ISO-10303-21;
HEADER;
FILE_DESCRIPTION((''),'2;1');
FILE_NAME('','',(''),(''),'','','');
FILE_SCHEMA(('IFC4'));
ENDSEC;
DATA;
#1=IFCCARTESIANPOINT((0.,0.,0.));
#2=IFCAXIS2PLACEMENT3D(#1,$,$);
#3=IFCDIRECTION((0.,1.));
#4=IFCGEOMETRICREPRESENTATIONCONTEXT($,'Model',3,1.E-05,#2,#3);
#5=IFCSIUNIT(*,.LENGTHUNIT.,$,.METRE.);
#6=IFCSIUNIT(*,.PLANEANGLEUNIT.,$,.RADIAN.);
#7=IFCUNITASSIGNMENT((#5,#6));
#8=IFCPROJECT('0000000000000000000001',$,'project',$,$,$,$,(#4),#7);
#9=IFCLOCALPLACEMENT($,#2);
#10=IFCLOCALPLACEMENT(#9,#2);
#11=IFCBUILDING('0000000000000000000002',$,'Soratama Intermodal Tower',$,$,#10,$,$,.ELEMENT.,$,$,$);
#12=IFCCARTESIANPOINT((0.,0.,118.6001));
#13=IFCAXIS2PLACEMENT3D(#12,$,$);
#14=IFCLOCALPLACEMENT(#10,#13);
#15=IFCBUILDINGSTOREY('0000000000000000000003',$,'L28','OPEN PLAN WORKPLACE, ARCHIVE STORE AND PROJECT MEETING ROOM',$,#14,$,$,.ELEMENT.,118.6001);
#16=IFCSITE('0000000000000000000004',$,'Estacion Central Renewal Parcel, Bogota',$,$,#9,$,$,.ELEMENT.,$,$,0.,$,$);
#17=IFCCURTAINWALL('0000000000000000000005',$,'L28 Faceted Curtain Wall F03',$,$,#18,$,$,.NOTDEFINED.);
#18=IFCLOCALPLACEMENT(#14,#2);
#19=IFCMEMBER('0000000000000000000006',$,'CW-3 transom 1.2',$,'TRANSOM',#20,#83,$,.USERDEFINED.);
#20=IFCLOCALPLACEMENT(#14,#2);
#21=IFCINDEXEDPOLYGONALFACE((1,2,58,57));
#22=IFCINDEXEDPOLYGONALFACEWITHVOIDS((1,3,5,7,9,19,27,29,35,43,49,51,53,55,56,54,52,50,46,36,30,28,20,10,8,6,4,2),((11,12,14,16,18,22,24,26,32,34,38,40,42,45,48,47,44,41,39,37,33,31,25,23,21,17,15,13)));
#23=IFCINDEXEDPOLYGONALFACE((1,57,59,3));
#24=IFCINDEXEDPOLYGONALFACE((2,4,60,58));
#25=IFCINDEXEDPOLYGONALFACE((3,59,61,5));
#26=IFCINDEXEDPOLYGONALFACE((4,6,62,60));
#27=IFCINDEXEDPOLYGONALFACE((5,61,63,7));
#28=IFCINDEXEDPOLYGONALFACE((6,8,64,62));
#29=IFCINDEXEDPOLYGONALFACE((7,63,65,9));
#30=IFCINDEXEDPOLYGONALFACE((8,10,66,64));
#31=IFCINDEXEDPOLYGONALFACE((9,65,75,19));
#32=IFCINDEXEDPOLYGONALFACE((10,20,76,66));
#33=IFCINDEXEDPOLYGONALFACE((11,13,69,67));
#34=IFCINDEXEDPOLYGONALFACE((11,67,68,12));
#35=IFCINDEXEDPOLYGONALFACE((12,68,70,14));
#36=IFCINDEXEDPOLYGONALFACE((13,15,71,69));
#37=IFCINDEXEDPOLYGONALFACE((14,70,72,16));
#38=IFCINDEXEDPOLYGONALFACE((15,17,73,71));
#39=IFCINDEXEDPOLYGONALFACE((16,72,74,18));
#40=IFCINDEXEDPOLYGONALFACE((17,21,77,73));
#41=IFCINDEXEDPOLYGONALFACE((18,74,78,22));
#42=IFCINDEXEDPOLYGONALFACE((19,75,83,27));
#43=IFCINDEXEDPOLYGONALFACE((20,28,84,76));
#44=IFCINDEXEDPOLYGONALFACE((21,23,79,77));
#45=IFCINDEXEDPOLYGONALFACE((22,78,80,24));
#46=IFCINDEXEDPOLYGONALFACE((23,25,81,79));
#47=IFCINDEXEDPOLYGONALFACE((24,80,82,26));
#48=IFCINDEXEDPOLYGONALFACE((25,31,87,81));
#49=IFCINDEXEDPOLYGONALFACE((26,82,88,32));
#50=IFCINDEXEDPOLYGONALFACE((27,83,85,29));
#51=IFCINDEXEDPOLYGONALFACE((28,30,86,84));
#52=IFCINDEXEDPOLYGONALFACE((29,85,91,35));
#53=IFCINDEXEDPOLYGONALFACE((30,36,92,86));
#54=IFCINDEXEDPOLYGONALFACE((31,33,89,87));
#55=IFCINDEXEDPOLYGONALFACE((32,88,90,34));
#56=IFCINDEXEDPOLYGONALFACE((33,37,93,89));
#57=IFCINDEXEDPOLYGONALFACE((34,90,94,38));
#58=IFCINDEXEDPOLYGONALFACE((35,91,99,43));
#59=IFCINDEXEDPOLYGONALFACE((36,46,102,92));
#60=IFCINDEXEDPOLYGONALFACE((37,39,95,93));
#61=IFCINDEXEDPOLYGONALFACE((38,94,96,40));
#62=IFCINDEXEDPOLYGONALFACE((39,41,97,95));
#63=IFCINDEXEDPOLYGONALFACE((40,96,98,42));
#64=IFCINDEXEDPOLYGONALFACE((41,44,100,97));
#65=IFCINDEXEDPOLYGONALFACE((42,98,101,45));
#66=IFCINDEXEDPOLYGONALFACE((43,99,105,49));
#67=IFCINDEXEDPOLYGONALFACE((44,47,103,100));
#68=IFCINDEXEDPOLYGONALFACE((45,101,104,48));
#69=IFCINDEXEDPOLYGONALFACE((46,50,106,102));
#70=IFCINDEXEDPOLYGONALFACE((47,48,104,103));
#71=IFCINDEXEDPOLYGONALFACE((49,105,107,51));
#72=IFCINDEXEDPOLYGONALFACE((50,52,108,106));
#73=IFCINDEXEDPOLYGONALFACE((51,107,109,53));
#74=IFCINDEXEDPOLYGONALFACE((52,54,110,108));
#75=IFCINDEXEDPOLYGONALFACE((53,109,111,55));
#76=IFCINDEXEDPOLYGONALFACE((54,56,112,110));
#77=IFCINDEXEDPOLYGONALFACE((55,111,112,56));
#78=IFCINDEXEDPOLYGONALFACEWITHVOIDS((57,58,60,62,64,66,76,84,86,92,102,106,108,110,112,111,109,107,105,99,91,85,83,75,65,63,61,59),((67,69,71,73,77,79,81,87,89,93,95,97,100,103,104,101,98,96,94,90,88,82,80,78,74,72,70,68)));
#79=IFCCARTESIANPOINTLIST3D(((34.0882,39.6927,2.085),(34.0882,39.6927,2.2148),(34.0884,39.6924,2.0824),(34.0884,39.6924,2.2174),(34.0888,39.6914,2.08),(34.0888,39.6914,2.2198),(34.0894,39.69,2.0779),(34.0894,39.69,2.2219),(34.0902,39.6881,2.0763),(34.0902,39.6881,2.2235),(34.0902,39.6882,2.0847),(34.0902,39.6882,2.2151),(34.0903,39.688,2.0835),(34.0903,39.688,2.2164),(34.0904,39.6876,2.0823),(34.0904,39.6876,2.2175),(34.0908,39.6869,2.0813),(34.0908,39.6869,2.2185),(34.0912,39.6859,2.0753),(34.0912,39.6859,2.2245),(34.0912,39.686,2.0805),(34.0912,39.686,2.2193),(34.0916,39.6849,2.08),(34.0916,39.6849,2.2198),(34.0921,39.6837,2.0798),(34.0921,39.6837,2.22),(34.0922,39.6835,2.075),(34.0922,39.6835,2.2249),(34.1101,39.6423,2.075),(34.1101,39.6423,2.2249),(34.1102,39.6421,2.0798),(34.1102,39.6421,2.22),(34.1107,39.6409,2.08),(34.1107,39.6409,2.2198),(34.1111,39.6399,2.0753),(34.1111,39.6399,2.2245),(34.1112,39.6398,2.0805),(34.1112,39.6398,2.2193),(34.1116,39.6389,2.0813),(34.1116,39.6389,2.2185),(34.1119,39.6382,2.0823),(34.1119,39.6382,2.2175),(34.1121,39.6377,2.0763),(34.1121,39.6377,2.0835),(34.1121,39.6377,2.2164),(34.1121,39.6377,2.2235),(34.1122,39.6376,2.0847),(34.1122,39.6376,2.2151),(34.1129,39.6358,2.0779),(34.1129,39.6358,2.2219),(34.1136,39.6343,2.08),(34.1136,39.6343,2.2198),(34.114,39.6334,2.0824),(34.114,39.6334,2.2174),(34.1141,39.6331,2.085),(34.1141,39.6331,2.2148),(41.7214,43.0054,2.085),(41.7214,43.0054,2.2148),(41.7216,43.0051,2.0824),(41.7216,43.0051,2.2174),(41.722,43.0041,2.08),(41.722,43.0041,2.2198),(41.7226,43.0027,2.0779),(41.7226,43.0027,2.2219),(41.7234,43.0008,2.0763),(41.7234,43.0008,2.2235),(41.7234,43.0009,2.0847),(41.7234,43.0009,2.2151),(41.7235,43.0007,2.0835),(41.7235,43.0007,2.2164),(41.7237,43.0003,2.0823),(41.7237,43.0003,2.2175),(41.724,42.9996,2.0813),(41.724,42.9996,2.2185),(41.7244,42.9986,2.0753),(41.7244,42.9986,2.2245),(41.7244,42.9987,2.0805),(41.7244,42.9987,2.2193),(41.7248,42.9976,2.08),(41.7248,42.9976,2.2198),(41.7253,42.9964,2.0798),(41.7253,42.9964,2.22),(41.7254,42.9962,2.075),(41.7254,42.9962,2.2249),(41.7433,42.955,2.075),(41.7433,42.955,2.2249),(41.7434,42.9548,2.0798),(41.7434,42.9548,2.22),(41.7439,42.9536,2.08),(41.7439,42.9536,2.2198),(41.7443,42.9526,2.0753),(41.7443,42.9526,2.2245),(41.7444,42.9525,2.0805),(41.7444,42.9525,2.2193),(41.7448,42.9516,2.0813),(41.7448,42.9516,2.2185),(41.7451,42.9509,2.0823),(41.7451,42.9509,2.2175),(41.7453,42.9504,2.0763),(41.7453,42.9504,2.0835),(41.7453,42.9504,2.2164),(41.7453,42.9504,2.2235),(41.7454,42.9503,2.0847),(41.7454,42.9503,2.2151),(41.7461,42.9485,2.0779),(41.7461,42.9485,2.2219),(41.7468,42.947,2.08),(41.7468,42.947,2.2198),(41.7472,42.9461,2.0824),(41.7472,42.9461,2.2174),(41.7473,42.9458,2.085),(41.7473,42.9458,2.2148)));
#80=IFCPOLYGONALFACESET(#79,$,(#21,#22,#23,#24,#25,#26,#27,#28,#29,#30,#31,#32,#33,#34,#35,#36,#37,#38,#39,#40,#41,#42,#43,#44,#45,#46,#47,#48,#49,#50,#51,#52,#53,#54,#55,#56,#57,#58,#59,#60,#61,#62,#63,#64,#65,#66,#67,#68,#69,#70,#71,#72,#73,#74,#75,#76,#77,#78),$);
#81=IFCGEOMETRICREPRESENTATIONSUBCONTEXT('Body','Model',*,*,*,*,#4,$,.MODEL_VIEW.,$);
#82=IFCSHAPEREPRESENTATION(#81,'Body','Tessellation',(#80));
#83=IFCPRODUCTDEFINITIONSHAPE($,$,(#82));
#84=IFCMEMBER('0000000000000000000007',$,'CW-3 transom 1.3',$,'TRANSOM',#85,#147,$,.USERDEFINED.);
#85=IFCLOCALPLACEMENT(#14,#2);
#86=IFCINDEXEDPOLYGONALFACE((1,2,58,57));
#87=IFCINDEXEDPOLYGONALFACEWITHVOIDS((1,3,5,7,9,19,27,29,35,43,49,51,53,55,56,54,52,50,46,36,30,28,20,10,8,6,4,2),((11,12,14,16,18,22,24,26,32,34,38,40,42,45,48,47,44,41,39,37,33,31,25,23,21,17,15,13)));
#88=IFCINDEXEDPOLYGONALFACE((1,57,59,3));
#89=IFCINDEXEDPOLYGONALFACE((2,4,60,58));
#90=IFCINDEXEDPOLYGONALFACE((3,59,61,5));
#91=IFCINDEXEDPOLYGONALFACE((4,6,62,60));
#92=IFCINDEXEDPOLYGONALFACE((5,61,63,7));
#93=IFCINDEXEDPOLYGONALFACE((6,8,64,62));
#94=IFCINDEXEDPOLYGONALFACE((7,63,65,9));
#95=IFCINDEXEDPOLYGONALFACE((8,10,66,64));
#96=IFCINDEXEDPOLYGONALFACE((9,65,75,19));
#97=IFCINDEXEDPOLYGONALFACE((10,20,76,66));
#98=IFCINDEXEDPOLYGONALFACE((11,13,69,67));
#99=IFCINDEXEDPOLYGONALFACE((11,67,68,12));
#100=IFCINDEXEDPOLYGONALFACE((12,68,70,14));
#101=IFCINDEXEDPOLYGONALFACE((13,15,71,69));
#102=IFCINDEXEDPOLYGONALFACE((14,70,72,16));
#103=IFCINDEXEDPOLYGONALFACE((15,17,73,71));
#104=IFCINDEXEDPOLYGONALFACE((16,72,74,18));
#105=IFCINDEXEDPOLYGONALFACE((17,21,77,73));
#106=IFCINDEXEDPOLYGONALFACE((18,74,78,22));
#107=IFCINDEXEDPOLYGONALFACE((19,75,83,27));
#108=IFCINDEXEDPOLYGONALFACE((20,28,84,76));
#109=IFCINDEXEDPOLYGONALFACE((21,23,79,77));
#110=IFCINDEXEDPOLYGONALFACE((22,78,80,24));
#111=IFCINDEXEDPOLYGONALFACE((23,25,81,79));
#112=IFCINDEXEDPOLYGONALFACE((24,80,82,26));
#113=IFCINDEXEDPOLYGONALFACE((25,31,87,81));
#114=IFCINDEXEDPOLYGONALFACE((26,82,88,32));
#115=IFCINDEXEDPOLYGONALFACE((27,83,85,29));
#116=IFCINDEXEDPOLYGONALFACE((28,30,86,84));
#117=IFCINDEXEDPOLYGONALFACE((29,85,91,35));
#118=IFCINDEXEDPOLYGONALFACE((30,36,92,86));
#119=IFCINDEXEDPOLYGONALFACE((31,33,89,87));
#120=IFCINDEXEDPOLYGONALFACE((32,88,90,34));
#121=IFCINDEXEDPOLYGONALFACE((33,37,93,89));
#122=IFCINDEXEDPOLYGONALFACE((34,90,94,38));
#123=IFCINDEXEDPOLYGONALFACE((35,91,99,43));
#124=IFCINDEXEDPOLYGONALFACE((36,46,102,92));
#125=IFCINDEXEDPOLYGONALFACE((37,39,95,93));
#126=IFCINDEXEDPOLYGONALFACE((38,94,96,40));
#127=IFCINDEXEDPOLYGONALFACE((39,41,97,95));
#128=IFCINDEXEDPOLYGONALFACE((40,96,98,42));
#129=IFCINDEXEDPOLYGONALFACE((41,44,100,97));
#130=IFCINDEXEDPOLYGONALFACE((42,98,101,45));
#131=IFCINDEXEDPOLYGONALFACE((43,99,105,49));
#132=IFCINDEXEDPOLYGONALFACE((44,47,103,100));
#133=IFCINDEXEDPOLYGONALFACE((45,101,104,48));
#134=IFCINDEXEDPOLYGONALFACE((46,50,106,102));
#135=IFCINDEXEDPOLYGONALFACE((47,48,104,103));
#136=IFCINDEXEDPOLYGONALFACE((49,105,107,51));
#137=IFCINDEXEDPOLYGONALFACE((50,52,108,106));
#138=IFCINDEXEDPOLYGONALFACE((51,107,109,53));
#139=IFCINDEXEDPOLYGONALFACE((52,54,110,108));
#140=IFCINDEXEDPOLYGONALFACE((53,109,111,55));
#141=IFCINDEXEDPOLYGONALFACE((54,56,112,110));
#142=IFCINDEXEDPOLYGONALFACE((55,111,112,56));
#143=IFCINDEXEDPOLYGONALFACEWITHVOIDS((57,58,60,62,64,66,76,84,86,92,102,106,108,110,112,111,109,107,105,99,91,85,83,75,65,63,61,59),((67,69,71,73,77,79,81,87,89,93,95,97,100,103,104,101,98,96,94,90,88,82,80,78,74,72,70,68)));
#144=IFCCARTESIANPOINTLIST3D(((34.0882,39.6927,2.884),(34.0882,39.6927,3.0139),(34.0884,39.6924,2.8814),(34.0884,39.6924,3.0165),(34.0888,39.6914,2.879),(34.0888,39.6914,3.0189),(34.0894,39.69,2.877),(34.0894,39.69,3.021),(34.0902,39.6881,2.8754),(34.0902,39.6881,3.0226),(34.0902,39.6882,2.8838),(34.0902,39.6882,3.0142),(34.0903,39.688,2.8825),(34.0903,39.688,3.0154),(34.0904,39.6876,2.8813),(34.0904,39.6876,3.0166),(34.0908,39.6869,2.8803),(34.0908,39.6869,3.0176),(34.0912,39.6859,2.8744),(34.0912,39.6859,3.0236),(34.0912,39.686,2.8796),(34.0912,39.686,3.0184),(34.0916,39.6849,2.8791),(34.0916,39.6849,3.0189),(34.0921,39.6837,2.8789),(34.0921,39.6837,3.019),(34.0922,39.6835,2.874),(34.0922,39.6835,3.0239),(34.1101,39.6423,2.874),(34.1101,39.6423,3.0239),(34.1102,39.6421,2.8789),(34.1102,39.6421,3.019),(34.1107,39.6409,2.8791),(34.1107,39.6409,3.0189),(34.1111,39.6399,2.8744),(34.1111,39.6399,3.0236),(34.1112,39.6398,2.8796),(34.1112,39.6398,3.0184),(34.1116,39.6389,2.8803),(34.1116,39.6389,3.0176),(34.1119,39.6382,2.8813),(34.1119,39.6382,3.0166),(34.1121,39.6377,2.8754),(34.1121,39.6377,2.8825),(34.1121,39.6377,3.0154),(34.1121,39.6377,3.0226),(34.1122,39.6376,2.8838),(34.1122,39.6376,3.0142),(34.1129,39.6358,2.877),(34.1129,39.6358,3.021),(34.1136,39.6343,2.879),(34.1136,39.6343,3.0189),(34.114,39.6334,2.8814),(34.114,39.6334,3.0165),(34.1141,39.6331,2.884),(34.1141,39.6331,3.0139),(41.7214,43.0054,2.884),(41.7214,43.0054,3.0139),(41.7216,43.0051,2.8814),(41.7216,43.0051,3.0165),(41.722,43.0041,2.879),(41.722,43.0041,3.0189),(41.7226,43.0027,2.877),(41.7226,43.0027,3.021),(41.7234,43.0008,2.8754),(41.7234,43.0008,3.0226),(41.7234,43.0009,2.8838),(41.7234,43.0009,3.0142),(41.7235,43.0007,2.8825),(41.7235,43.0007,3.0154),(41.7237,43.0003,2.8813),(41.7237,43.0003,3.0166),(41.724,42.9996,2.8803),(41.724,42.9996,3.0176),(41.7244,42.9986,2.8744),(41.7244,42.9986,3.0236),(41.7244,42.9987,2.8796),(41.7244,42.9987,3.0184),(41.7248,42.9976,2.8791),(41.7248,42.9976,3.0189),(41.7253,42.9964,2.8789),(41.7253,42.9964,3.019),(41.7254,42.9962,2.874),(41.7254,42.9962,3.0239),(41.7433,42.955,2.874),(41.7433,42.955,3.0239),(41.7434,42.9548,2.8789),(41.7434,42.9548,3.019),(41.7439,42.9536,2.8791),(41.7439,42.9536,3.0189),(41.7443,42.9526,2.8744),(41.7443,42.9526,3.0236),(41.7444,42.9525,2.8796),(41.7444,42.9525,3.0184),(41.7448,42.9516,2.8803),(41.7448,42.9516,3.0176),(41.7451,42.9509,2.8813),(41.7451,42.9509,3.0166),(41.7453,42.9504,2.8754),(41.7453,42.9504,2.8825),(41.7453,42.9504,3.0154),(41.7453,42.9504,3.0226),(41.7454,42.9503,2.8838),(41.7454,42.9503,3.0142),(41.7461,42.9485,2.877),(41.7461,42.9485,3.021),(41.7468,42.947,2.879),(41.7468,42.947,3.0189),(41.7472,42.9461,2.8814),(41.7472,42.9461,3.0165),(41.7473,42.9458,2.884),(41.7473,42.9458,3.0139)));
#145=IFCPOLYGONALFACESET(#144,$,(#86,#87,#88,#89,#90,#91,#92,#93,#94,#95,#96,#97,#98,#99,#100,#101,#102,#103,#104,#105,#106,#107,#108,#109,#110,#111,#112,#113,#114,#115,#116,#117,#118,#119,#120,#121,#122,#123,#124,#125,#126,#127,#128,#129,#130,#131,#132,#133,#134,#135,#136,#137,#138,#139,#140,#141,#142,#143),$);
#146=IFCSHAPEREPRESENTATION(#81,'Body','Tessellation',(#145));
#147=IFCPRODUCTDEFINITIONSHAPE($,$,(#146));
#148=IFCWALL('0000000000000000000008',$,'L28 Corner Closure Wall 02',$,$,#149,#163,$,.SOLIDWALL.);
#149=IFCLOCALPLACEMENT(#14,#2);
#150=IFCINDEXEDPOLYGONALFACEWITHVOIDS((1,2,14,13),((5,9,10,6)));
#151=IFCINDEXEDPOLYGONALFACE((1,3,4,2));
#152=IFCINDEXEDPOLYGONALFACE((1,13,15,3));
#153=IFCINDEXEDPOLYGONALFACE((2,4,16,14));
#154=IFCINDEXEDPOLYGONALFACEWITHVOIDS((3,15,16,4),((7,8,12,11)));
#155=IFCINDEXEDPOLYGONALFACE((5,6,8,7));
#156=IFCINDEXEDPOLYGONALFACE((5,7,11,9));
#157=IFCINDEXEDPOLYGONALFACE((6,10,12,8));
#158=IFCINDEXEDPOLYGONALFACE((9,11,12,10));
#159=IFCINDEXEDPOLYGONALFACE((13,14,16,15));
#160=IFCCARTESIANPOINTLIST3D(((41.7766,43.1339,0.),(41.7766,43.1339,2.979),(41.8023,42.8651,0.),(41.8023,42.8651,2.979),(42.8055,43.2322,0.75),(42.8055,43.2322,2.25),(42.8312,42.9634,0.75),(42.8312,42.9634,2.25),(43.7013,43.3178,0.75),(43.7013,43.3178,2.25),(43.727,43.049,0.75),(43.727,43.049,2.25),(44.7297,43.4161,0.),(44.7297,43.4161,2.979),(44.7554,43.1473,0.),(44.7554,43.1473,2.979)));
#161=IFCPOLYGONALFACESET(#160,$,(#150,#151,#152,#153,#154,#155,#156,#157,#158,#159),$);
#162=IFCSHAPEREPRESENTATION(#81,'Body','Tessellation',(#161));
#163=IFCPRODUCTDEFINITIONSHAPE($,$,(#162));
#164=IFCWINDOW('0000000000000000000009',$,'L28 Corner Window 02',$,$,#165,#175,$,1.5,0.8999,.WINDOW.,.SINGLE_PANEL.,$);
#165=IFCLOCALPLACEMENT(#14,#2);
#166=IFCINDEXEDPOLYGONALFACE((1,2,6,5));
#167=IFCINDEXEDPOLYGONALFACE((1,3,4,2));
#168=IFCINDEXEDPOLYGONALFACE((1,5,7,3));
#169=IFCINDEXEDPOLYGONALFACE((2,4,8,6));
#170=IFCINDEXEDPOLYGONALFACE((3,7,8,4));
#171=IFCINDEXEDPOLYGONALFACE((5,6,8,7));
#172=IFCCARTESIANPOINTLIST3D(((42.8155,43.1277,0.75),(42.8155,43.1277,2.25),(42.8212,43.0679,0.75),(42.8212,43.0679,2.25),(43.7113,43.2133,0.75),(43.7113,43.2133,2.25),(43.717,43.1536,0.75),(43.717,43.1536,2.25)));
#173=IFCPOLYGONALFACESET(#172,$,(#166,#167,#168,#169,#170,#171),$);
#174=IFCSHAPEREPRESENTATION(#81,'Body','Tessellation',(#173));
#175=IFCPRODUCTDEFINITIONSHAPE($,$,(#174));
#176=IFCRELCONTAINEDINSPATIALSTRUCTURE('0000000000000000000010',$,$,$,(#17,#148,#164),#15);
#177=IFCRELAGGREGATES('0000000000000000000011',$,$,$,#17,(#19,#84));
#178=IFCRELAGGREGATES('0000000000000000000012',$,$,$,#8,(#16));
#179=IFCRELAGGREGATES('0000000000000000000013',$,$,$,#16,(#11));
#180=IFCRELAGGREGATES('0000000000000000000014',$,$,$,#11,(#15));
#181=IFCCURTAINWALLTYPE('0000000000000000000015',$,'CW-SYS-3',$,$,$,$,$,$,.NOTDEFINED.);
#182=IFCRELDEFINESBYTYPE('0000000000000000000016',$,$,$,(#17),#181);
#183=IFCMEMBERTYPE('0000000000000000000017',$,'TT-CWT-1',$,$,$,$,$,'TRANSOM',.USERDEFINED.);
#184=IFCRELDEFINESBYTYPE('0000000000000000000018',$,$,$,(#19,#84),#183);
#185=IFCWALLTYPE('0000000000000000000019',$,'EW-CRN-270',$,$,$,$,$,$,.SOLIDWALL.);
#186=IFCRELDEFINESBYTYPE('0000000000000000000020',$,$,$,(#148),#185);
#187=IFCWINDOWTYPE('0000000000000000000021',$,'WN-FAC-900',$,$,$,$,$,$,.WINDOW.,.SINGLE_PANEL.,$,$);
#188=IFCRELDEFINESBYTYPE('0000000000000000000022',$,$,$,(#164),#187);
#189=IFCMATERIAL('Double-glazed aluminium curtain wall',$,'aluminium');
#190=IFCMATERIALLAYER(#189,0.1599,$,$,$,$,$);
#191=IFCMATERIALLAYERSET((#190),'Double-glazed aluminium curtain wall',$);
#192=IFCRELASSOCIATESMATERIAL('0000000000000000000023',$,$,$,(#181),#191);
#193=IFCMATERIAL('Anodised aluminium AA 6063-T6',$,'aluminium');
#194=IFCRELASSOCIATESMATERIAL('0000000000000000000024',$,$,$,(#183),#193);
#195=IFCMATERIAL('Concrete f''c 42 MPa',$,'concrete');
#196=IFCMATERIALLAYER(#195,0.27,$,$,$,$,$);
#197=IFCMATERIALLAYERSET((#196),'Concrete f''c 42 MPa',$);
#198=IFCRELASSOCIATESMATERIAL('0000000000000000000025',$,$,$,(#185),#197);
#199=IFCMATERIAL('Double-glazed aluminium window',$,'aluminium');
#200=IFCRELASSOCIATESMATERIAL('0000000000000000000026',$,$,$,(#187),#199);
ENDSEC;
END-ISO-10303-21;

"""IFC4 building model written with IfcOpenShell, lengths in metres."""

from ifc_helpers import new_model, si_unit, direction, frame, frame_2d, origin, origin_2d, place, context, subcontext, project, spatial, rectangle, hollow_rectangle, extrude, material, layer, layer_set, material_profile, profile_set, type_object, element, fill, aggregate, save


model = new_model("IFC4")

# Units and contexts
model_context = context("Model", 3, precision=1e-05, world=origin(), true_north=direction((0.0, 1.0)))
body_context = subcontext(model_context, "Body", "Model", "MODEL_VIEW")
ifc_project = project(units=[si_unit("LENGTHUNIT", "METRE"), si_unit("PLANEANGLEUNIT", "RADIAN")], contexts=[model_context])

# Site, building, storey
site_placement = place(None, origin())
site = spatial("IfcSite", under=ifc_project, at=site_placement, Name="Estacion Central Renewal Parcel, Bogota", CompositionType="ELEMENT", RefElevation=0.0)
building_placement = place(site_placement, origin())
building = spatial("IfcBuilding", under=site, at=building_placement, Name="Soratama Intermodal Tower", CompositionType="ELEMENT")
storey_placement = place(building_placement, frame((0.0, 0.0, 118.6001)))
storey = spatial("IfcBuildingStorey", under=building, at=storey_placement, Name="L28", Description="OPEN PLAN WORKPLACE, ARCHIVE STORE AND PROJECT MEETING ROOM", CompositionType="ELEMENT", Elevation=118.6001)

# Curtain wall, members
ifc_material_1 = material(Name="Double-glazed aluminium curtain wall", Category="aluminium")
ifc_layer_1 = layer(ifc_material_1, 0.1599)
ifc_layer_set_1 = layer_set([ifc_layer_1], Name="Double-glazed aluminium curtain wall")
curtain_wall_type = type_object("IfcCurtainWallType", Name="CW-SYS-3", PredefinedType="NOTDEFINED", material=ifc_layer_set_1)
curtain_wall_placement = place(storey_placement, origin())
curtain_wall = element("IfcCurtainWall", 1, at=curtain_wall_placement, inside=storey, type_object=curtain_wall_type, Name="L28 Faceted Curtain Wall F03", PredefinedType="NOTDEFINED")
ifc_material_2 = material(Name="Anodised aluminium AA 6063-T6", Category="aluminium")
ifc_material_profile_1 = material_profile(ifc_material_2, hollow_rectangle(XDim=0.0649, YDim=0.1499, WallThickness=0.0049, InnerFilletRadius=0.0049, OuterFilletRadius=0.01, at=origin_2d()), Name="CWT150X65X5")
ifc_profile_set_1 = profile_set([ifc_material_profile_1], Name="Anodised aluminium AA 6063-T6")
member_type_1 = type_object("IfcMemberType", Name="TT-CWT-1", ElementType="TRANSOM", PredefinedType="USERDEFINED", material=ifc_profile_set_1)
member_1_placement = place(storey_placement, frame((41.7344, 42.9756, 2.1499), z_axis=(-0.917337, -0.398111, 0.0), x_axis=(0.398111, -0.917337, 0.0)))
member_1 = element("IfcMember", 2, at=member_1_placement, type_object=member_type_1, Name="CW-3 transom 1.2", ObjectType="TRANSOM", PredefinedType="USERDEFINED", context=body_context, shape_type="SweptSolid", body=[
    extrude(hollow_rectangle(XDim=0.0649, YDim=0.1499, WallThickness=0.0049, InnerFilletRadius=0.0049, OuterFilletRadius=0.01, at=origin_2d()), origin(), (0.0, 0.0, 1.0), 8.321),
])
member_2_placement = place(storey_placement, frame((41.7344, 42.9756, 2.949), z_axis=(-0.917337, -0.398111, 0.0), x_axis=(0.398111, -0.917337, 0.0)))
member_2 = element("IfcMember", 3, at=member_2_placement, type_object=member_type_1, Name="CW-3 transom 1.3", ObjectType="TRANSOM", PredefinedType="USERDEFINED", context=body_context, shape_type="SweptSolid", body=[
    extrude(hollow_rectangle(XDim=0.0649, YDim=0.1499, WallThickness=0.0049, InnerFilletRadius=0.0049, OuterFilletRadius=0.01, at=origin_2d()), origin(), (0.0, 0.0, 1.0), 8.321),
])
aggregate(curtain_wall, [member_1, member_2])

# Wall, opening, window
ifc_material_3 = material(Name="Concrete f'c 42 MPa", Category="concrete")
ifc_layer_2 = layer(ifc_material_3, 0.27)
ifc_layer_set_2 = layer_set([ifc_layer_2], Name="Concrete f'c 42 MPa")
wall_type_1 = type_object("IfcWallType", Name="EW-CRN-270", PredefinedType="SOLIDWALL", material=ifc_layer_set_2)
wall_1_placement = place(storey_placement, frame((44.7427, 43.2817, 0.0), z_axis=(0.0, 0.0, 1.0), x_axis=(-0.995464, -0.095135, 0.0)))
wall_1 = element("IfcWall", 4, at=wall_1_placement, inside=storey, type_object=wall_type_1, Name="L28 Corner Closure Wall 02", PredefinedType="SOLIDWALL", context=body_context, shape_type="SweptSolid", body=[
    extrude(rectangle(XDim=2.9666, YDim=0.27, at=frame_2d((1.4834, 0.0))), origin(), (0.0, 0.0, 1.0), 2.979),
])
opening_1_placement = place(wall_1_placement, frame((1.0332, 0.0, 0.75)))
opening_1 = element("IfcOpeningElement", 5, at=opening_1_placement, cuts=wall_1, PredefinedType="OPENING", context=body_context, shape_type="SweptSolid", body=[
    extrude(rectangle(XDim=0.8999, YDim=1.5, at=frame_2d((0.45, 0.75))), frame((0.0, 0.145, 0.0), z_axis=(0.0, -1.0, 0.0), x_axis=(1.0, 0.0, 0.0)), (0.0, 0.0, 1.0), 0.29),
])
ifc_material_4 = material(Name="Double-glazed aluminium window", Category="aluminium")
window_type = type_object("IfcWindowType", Name="WN-FAC-900", PartitioningType="SINGLE_PANEL", PredefinedType="WINDOW", material=ifc_material_4)
window_placement = place(opening_1_placement, origin())
window = element("IfcWindow", 6, at=window_placement, inside=storey, type_object=window_type, Name="L28 Corner Window 02", OverallHeight=1.5, OverallWidth=0.8999, PartitioningType="SINGLE_PANEL", PredefinedType="WINDOW", context=body_context, shape_type="SweptSolid", body=[
    extrude(rectangle(XDim=0.8999, YDim=1.5, at=frame_2d((0.45, 0.75))), frame((0.0, 0.03, 0.0), z_axis=(0.0, -1.0, 0.0), x_axis=(1.0, 0.0, 0.0)), (0.0, 0.0, 1.0), 0.0601),
])
fill(opening_1, window)

save(model, "model.ifc")
